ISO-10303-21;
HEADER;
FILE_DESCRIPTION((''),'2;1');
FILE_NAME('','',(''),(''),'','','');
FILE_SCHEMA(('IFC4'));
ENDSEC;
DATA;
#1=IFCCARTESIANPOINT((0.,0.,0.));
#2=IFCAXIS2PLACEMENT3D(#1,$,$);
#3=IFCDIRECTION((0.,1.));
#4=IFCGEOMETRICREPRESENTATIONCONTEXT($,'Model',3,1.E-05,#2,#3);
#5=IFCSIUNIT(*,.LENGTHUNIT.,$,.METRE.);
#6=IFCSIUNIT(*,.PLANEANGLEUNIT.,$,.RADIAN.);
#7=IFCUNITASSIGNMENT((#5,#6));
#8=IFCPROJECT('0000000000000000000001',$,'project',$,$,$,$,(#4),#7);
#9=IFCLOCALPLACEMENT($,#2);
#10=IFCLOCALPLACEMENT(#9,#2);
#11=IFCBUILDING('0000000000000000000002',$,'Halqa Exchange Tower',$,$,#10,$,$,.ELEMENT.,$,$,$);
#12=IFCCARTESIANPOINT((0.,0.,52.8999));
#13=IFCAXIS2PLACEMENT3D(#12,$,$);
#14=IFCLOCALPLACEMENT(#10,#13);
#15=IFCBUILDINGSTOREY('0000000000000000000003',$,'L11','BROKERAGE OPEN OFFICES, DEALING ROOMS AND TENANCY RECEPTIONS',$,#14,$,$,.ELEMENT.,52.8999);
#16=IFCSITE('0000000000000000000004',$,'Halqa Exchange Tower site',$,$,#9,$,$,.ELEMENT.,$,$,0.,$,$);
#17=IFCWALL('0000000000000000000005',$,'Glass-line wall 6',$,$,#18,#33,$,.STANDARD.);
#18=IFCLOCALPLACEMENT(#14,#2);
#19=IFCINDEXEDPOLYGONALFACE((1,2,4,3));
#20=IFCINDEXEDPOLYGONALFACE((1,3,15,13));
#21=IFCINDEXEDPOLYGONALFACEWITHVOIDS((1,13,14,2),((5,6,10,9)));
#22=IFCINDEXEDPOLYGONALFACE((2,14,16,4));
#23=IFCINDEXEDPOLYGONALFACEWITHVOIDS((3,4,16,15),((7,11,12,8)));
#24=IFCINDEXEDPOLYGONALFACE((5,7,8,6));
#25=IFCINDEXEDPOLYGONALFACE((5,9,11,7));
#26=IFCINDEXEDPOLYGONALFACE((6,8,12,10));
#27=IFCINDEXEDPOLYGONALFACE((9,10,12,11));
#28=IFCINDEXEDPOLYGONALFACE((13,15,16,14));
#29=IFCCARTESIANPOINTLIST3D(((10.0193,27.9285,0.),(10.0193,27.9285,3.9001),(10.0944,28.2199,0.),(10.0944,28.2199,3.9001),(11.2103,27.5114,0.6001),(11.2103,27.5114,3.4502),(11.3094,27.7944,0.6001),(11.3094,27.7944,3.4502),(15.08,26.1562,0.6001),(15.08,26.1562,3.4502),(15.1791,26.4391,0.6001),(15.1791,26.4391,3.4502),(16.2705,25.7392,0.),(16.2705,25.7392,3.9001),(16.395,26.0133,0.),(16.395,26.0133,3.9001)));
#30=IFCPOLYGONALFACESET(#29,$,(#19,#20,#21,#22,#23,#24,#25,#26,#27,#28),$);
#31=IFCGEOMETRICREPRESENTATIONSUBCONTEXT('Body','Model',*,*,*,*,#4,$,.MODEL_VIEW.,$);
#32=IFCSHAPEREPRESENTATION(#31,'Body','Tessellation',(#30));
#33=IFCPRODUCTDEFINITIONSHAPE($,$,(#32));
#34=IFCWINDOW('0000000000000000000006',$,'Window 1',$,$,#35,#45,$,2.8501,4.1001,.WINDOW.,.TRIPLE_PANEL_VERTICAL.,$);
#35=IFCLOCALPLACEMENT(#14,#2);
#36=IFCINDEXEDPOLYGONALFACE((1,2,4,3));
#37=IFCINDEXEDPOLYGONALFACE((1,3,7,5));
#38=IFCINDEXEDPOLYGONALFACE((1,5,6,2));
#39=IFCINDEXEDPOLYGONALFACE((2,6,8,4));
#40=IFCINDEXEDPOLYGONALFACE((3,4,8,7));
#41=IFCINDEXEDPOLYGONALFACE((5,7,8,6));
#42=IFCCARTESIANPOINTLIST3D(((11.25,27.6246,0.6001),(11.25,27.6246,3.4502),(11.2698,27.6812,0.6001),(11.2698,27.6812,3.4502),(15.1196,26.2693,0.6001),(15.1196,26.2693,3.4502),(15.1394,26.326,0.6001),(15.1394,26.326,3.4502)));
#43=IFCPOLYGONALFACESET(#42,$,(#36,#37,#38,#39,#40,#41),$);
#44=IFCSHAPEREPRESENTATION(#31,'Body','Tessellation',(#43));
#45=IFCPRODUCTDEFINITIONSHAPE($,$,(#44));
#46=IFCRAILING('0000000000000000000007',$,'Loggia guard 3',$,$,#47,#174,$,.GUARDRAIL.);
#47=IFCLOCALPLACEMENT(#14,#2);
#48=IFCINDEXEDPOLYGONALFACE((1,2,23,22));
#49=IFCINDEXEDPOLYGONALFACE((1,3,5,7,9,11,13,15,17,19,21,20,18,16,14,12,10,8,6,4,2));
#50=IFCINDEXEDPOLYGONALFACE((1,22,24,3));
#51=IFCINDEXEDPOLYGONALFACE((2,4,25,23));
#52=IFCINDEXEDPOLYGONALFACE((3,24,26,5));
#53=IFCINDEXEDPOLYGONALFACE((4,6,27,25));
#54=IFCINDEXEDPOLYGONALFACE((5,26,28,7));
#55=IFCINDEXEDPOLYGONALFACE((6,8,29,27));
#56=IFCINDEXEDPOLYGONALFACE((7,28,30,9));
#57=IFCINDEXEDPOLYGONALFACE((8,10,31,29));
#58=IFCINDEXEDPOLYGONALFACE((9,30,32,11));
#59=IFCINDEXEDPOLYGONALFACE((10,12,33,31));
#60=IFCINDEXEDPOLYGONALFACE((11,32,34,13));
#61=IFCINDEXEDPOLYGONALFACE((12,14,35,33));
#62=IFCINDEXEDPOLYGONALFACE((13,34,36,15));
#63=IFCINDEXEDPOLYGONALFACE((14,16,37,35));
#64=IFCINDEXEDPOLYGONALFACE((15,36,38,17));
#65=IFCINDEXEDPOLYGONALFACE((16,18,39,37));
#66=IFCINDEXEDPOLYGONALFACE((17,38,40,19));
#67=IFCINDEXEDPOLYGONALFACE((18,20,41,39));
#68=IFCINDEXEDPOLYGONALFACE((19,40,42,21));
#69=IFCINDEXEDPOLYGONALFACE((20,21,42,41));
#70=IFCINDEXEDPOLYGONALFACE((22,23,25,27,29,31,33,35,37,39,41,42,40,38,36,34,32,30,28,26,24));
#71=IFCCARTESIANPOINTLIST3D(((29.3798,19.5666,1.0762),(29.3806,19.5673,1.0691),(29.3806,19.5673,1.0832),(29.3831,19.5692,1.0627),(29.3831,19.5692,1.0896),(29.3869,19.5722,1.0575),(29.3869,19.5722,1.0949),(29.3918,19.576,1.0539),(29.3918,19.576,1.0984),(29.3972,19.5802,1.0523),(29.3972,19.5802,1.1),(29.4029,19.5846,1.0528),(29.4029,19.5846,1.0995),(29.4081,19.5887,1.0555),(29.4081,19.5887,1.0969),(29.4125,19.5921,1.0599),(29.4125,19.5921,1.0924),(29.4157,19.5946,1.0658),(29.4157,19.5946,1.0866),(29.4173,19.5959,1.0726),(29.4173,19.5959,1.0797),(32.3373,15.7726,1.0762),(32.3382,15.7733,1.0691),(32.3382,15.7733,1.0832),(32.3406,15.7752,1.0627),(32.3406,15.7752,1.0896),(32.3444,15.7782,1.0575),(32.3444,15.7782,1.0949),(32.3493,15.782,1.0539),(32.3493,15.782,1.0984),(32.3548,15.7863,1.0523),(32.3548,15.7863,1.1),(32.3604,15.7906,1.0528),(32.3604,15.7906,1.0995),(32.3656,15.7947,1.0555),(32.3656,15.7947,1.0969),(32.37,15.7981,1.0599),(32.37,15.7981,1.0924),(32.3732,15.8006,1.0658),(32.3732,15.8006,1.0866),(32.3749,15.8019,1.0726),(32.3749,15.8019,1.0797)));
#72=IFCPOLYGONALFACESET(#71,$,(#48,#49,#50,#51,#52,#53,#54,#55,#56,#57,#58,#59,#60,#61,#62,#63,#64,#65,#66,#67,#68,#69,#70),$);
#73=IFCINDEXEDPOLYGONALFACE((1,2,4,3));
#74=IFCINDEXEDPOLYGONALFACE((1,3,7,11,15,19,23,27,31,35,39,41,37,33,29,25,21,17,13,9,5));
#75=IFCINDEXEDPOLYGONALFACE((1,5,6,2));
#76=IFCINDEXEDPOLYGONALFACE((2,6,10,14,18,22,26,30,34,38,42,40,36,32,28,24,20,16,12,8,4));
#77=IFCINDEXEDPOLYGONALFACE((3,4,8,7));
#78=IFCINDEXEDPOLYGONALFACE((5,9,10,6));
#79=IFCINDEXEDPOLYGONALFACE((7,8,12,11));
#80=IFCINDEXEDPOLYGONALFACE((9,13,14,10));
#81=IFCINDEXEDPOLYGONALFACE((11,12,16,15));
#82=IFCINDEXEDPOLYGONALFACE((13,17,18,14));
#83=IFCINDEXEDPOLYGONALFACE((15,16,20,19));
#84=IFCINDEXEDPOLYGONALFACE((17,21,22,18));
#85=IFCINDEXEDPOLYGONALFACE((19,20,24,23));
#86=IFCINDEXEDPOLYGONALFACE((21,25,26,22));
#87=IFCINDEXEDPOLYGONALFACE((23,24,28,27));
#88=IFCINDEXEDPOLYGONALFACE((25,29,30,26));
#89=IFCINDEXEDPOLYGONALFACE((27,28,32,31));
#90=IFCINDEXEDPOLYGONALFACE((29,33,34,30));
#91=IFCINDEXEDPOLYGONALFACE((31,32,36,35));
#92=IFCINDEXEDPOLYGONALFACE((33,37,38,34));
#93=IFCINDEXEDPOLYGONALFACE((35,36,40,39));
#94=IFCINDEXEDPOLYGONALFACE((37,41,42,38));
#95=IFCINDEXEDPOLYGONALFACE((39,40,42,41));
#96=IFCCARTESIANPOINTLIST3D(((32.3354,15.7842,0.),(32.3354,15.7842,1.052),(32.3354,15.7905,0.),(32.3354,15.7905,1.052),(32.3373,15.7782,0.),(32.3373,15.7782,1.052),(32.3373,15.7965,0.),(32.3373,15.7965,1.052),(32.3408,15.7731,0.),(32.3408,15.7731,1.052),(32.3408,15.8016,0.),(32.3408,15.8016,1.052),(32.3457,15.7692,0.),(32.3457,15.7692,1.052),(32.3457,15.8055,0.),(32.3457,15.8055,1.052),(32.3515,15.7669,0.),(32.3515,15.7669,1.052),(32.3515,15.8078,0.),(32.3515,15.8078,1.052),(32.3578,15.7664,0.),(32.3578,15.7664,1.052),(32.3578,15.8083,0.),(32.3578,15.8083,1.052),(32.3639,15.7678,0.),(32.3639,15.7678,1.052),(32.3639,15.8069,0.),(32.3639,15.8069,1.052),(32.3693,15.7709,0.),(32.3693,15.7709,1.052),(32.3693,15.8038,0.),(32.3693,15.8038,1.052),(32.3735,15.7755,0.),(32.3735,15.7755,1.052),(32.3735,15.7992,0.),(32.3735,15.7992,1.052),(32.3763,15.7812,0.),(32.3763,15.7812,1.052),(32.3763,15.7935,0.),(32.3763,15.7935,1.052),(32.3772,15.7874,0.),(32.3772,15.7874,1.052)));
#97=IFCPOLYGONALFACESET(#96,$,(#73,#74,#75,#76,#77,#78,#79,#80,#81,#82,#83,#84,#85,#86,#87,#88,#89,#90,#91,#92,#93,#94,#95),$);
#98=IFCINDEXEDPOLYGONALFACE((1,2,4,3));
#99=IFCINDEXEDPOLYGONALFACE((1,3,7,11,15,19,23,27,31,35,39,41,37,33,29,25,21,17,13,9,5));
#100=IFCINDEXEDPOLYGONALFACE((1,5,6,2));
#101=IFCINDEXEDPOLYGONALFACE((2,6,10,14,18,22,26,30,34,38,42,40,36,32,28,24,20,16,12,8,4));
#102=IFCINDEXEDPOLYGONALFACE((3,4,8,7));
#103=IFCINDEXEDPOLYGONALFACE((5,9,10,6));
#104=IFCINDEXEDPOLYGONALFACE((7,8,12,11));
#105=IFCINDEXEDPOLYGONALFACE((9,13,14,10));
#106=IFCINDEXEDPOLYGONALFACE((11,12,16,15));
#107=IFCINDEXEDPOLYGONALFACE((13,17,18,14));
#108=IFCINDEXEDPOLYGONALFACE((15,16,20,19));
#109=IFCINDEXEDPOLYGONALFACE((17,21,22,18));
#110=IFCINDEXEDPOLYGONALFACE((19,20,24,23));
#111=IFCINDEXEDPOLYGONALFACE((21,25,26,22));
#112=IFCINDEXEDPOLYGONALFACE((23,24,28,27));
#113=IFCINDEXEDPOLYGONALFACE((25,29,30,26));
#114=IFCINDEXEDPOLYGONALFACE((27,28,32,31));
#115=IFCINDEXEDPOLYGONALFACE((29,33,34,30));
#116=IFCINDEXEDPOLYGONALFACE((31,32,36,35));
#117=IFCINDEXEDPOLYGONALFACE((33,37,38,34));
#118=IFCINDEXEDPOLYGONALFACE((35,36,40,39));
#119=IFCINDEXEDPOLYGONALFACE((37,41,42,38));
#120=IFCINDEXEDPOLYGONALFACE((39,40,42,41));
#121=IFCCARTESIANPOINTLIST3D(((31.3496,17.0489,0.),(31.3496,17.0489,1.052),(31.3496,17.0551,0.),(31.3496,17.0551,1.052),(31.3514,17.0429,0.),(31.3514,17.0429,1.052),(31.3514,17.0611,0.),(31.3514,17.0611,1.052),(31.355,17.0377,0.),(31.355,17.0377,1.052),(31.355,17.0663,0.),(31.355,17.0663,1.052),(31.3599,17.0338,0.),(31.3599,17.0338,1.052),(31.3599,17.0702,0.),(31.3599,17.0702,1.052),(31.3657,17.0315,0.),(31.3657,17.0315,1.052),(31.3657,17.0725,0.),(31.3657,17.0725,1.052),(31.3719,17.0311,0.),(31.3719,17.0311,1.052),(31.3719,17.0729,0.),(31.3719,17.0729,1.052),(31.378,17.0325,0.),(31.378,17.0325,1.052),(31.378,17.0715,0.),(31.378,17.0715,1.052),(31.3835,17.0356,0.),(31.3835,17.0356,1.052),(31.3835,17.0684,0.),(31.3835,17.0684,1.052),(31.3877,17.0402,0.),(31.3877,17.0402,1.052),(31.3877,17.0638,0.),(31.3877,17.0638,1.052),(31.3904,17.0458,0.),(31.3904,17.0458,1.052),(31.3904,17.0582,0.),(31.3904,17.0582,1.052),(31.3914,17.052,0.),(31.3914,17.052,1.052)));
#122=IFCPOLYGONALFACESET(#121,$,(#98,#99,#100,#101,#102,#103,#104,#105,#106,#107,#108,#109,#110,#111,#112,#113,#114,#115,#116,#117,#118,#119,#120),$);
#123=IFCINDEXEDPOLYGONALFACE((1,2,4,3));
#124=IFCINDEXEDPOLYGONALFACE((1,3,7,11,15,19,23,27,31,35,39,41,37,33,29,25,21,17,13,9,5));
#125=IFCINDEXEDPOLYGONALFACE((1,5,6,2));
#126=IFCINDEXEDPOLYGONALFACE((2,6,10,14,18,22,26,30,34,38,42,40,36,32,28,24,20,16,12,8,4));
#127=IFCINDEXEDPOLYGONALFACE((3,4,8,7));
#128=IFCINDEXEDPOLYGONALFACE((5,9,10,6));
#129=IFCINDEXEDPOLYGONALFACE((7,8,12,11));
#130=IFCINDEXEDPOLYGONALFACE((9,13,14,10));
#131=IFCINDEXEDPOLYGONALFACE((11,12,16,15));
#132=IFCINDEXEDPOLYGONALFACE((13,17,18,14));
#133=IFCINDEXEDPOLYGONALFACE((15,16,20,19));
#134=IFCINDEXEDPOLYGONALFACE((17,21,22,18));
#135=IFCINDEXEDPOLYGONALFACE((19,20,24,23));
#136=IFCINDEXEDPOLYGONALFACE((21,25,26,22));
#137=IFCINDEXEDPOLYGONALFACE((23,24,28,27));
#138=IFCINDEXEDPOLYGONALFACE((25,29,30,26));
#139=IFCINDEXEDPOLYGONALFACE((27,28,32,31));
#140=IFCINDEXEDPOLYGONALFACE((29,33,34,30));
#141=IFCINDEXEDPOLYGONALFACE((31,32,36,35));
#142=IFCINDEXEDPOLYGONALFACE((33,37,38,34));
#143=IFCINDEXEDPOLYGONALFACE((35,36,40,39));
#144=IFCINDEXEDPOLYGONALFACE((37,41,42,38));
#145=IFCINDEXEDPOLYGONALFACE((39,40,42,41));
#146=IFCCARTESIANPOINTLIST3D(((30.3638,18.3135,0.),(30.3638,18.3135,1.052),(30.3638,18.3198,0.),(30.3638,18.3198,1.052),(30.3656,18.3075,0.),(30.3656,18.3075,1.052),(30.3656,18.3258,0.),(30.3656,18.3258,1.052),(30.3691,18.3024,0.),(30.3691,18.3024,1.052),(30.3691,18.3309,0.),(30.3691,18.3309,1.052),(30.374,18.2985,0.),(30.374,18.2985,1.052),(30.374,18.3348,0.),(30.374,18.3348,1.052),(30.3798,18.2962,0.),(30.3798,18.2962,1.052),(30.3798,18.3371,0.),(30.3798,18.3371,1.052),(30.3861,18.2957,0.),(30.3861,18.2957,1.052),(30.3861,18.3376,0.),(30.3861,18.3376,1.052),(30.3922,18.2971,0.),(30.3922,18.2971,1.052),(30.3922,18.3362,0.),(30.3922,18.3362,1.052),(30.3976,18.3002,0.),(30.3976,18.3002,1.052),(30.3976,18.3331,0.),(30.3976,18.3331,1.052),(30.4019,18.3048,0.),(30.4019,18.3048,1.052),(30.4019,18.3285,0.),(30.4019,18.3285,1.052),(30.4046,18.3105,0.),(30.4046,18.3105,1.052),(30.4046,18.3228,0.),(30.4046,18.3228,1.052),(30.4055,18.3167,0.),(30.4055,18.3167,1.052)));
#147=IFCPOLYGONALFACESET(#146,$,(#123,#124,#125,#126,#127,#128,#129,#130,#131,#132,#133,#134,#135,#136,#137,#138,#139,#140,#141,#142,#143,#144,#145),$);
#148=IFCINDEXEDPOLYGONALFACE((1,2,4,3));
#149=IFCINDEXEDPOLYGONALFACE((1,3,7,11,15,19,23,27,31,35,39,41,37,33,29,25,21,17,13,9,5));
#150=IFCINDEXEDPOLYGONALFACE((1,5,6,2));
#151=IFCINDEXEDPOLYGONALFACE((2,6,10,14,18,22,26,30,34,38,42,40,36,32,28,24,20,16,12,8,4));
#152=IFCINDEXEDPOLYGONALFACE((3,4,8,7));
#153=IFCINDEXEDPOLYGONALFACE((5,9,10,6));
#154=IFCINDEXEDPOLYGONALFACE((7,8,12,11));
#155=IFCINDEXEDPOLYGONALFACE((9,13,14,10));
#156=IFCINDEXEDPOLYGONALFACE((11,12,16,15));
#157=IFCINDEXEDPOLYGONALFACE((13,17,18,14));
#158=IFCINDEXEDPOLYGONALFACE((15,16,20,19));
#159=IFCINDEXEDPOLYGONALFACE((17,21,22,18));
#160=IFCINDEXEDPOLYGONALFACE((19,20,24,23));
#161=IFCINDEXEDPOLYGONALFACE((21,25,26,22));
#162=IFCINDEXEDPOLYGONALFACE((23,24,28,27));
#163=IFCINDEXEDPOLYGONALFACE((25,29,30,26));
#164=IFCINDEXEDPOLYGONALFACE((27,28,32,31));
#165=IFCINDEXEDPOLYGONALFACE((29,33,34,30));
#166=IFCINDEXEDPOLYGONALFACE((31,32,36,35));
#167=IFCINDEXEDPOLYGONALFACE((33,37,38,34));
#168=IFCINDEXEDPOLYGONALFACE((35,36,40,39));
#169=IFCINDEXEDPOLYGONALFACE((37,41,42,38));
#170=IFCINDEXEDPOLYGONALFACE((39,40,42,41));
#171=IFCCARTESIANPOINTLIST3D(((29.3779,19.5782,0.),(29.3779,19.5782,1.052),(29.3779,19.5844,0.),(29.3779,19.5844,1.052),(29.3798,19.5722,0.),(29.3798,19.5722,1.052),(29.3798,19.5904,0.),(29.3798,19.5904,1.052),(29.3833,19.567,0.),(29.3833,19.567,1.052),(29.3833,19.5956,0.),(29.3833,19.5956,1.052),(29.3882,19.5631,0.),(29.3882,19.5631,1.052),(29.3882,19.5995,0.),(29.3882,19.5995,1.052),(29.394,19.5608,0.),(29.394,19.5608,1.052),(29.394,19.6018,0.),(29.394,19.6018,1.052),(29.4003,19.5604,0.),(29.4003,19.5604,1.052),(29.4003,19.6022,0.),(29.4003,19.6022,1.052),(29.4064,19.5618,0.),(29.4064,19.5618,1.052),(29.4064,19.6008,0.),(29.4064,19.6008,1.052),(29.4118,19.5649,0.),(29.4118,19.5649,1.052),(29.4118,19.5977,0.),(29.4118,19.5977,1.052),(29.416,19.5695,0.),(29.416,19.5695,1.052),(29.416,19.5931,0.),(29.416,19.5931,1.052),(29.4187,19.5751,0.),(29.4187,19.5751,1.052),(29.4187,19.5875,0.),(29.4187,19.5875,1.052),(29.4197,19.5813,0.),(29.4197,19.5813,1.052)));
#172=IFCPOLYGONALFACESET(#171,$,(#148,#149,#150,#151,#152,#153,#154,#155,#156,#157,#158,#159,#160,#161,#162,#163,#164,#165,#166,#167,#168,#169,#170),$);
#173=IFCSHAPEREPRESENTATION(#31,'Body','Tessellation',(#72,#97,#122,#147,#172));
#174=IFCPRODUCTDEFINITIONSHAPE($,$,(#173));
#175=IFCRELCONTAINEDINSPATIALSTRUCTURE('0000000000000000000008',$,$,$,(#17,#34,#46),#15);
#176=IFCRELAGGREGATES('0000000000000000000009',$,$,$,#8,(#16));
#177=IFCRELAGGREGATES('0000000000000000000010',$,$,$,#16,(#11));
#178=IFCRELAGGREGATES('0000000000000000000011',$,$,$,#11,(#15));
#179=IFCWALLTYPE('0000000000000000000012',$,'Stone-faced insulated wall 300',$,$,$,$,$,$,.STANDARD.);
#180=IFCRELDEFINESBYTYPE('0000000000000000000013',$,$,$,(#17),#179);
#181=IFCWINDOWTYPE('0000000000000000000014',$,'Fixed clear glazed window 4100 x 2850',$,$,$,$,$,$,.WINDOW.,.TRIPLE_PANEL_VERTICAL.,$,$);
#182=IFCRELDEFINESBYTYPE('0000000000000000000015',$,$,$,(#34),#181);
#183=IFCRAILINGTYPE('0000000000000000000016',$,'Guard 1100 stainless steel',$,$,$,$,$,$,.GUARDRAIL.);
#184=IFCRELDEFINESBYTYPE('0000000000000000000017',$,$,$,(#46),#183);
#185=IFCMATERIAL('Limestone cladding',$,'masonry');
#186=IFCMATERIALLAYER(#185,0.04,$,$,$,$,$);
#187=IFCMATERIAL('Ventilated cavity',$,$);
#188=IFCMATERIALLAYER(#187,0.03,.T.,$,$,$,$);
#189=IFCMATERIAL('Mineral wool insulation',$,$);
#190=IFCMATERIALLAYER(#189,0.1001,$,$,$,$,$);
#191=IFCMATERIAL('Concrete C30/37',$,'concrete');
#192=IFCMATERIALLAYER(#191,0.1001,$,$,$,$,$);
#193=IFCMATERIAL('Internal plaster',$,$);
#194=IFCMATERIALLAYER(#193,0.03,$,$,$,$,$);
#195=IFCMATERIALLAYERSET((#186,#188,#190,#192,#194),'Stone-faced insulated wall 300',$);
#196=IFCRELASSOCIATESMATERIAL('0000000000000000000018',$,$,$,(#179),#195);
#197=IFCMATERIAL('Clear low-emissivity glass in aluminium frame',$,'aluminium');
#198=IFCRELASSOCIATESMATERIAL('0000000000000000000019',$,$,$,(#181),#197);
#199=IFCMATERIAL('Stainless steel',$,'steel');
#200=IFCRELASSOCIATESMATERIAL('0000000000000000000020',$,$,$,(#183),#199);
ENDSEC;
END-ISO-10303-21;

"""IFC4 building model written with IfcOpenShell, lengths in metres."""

from ifc_helpers import new_model, si_unit, direction, frame, frame_2d, origin, origin_2d, place, context, subcontext, project, spatial, polyline, rectangle, circle, outline, extrude, material, layer, layer_set, type_object, element, fill, save


model = new_model("IFC4")

# Units and contexts
model_context = context("Model", 3, precision=1e-05, world=origin(), true_north=direction((0.0, 1.0)))
body_context = subcontext(model_context, "Body", "Model", "MODEL_VIEW")
ifc_project = project(units=[si_unit("LENGTHUNIT", "METRE"), si_unit("PLANEANGLEUNIT", "RADIAN")], contexts=[model_context])

# Site, building, storey
site_placement = place(None, origin())
site = spatial("IfcSite", under=ifc_project, at=site_placement, Name="Halqa Exchange Tower site", CompositionType="ELEMENT", RefElevation=0.0)
building_placement = place(site_placement, origin())
building = spatial("IfcBuilding", under=site, at=building_placement, Name="Halqa Exchange Tower", CompositionType="ELEMENT")
storey_placement = place(building_placement, frame((0.0, 0.0, 52.8999)))
storey = spatial("IfcBuildingStorey", under=building, at=storey_placement, Name="L11", Description="BROKERAGE OPEN OFFICES, DEALING ROOMS AND TENANCY RECEPTIONS", CompositionType="ELEMENT", Elevation=52.8999)

# Shared definitions
ifc_material_1 = material(Name="Limestone cladding", Category="masonry")
ifc_layer_1 = layer(ifc_material_1, 0.04)
ifc_material_2 = material(Name="Ventilated cavity")
ifc_layer_2 = layer(ifc_material_2, 0.03, ventilated=True)
ifc_material_3 = material(Name="Mineral wool insulation")
ifc_layer_3 = layer(ifc_material_3, 0.1001)
ifc_material_4 = material(Name="Concrete C30/37", Category="concrete")
ifc_layer_4 = layer(ifc_material_4, 0.1001)
ifc_material_5 = material(Name="Internal plaster")
ifc_layer_5 = layer(ifc_material_5, 0.03)
ifc_layer_set_1 = layer_set([ifc_layer_1, ifc_layer_2, ifc_layer_3, ifc_layer_4, ifc_layer_5], Name="Stone-faced insulated wall 300")
wall_type_1 = type_object("IfcWallType", Name="Stone-faced insulated wall 300", PredefinedType="STANDARD", material=ifc_layer_set_1)
ifc_material_6 = material(Name="Clear low-emissivity glass in aluminium frame", Category="aluminium")

# Wall, opening, window
window_type = type_object("IfcWindowType", Name="Fixed clear glazed window 4100 x 2850", PartitioningType="TRIPLE_PANEL_VERTICAL", PredefinedType="WINDOW", material=ifc_material_6)
wall_1_placement = place(storey_placement, frame((16.3328, 25.8762, 0.0), z_axis=(0.0, 0.0, 1.0), x_axis=(-0.943791, 0.330543, 0.0)))
wall_1 = element("IfcWall", 1, at=wall_1_placement, inside=storey, type_object=wall_type_1, Name="Glass-line wall 6", PredefinedType="STANDARD", context=body_context, shape_type="SweptSolid", body=[
    extrude(outline(polyline([(-0.0134, -0.1499), (6.6624, -0.1499), (6.637, 0.1499), (0.0134, 0.1499), (-0.0134, -0.1499)])), origin(), (0.0, 0.0, 1.0), 3.9001),
])
opening_1_placement = place(wall_1_placement, frame((1.2749, 0.0, 0.6001)))
opening_1 = element("IfcOpeningElement", 2, at=opening_1_placement, cuts=wall_1, PredefinedType="OPENING", context=body_context, shape_type="SweptSolid", body=[
    extrude(rectangle(XDim=4.1001, YDim=2.8501, at=frame_2d((2.05, 1.425))), frame((0.0, 0.1621, 0.0), z_axis=(0.0, -1.0, 0.0), x_axis=(1.0, 0.0, 0.0)), (0.0, 0.0, 1.0), 0.324),
])
window_1_placement = place(opening_1_placement, origin())
window_1 = element("IfcWindow", 3, at=window_1_placement, inside=storey, type_object=window_type, Name="Window 1", OverallHeight=2.8501, OverallWidth=4.1001, PartitioningType="TRIPLE_PANEL_VERTICAL", PredefinedType="WINDOW", context=body_context, shape_type="SweptSolid", body=[
    extrude(rectangle(XDim=4.1001, YDim=2.8501, at=frame_2d((2.05, 1.425))), frame((0.0, 0.03, 0.0), z_axis=(0.0, -1.0, 0.0), x_axis=(1.0, 0.0, 0.0)), (0.0, 0.0, 1.0), 0.0601),
])
fill(opening_1, window_1)

# Railing
ifc_material_7 = material(Name="Stainless steel", Category="steel")
railing_type = type_object("IfcRailingType", Name="Guard 1100 stainless steel", PredefinedType="GUARDRAIL", material=ifc_material_7)
railing_1_placement = place(storey_placement, frame((32.3562, 15.7874, 0.0)))
element("IfcRailing", 4, at=railing_1_placement, inside=storey, type_object=railing_type, Name="Loggia guard 3", PredefinedType="GUARDRAIL", context=body_context, shape_type="SweptSolid", body=[
    extrude(circle(Radius=0.0239, at=origin_2d()), frame((0.0, 0.0, 1.0762), z_axis=(-0.614805, 0.788679, 0.0), x_axis=(-0.788679, -0.614805, 0.0)), (0.0, 0.0, 1.0), 4.8105),
    extrude(circle(Radius=0.021, at=origin_2d()), origin(), (0.0, 0.0, 1.0), 1.052),
    extrude(circle(Radius=0.021, at=origin_2d()), frame((-0.9858, 1.2646, 0.0)), (0.0, 0.0, 1.0), 1.052),
    extrude(circle(Radius=0.021, at=origin_2d()), frame((-1.9717, 2.5293, 0.0)), (0.0, 0.0, 1.0), 1.052),
    extrude(circle(Radius=0.021, at=origin_2d()), frame((-2.9575, 3.7939, 0.0)), (0.0, 0.0, 1.0), 1.052),
])

save(model, "model.ifc")
